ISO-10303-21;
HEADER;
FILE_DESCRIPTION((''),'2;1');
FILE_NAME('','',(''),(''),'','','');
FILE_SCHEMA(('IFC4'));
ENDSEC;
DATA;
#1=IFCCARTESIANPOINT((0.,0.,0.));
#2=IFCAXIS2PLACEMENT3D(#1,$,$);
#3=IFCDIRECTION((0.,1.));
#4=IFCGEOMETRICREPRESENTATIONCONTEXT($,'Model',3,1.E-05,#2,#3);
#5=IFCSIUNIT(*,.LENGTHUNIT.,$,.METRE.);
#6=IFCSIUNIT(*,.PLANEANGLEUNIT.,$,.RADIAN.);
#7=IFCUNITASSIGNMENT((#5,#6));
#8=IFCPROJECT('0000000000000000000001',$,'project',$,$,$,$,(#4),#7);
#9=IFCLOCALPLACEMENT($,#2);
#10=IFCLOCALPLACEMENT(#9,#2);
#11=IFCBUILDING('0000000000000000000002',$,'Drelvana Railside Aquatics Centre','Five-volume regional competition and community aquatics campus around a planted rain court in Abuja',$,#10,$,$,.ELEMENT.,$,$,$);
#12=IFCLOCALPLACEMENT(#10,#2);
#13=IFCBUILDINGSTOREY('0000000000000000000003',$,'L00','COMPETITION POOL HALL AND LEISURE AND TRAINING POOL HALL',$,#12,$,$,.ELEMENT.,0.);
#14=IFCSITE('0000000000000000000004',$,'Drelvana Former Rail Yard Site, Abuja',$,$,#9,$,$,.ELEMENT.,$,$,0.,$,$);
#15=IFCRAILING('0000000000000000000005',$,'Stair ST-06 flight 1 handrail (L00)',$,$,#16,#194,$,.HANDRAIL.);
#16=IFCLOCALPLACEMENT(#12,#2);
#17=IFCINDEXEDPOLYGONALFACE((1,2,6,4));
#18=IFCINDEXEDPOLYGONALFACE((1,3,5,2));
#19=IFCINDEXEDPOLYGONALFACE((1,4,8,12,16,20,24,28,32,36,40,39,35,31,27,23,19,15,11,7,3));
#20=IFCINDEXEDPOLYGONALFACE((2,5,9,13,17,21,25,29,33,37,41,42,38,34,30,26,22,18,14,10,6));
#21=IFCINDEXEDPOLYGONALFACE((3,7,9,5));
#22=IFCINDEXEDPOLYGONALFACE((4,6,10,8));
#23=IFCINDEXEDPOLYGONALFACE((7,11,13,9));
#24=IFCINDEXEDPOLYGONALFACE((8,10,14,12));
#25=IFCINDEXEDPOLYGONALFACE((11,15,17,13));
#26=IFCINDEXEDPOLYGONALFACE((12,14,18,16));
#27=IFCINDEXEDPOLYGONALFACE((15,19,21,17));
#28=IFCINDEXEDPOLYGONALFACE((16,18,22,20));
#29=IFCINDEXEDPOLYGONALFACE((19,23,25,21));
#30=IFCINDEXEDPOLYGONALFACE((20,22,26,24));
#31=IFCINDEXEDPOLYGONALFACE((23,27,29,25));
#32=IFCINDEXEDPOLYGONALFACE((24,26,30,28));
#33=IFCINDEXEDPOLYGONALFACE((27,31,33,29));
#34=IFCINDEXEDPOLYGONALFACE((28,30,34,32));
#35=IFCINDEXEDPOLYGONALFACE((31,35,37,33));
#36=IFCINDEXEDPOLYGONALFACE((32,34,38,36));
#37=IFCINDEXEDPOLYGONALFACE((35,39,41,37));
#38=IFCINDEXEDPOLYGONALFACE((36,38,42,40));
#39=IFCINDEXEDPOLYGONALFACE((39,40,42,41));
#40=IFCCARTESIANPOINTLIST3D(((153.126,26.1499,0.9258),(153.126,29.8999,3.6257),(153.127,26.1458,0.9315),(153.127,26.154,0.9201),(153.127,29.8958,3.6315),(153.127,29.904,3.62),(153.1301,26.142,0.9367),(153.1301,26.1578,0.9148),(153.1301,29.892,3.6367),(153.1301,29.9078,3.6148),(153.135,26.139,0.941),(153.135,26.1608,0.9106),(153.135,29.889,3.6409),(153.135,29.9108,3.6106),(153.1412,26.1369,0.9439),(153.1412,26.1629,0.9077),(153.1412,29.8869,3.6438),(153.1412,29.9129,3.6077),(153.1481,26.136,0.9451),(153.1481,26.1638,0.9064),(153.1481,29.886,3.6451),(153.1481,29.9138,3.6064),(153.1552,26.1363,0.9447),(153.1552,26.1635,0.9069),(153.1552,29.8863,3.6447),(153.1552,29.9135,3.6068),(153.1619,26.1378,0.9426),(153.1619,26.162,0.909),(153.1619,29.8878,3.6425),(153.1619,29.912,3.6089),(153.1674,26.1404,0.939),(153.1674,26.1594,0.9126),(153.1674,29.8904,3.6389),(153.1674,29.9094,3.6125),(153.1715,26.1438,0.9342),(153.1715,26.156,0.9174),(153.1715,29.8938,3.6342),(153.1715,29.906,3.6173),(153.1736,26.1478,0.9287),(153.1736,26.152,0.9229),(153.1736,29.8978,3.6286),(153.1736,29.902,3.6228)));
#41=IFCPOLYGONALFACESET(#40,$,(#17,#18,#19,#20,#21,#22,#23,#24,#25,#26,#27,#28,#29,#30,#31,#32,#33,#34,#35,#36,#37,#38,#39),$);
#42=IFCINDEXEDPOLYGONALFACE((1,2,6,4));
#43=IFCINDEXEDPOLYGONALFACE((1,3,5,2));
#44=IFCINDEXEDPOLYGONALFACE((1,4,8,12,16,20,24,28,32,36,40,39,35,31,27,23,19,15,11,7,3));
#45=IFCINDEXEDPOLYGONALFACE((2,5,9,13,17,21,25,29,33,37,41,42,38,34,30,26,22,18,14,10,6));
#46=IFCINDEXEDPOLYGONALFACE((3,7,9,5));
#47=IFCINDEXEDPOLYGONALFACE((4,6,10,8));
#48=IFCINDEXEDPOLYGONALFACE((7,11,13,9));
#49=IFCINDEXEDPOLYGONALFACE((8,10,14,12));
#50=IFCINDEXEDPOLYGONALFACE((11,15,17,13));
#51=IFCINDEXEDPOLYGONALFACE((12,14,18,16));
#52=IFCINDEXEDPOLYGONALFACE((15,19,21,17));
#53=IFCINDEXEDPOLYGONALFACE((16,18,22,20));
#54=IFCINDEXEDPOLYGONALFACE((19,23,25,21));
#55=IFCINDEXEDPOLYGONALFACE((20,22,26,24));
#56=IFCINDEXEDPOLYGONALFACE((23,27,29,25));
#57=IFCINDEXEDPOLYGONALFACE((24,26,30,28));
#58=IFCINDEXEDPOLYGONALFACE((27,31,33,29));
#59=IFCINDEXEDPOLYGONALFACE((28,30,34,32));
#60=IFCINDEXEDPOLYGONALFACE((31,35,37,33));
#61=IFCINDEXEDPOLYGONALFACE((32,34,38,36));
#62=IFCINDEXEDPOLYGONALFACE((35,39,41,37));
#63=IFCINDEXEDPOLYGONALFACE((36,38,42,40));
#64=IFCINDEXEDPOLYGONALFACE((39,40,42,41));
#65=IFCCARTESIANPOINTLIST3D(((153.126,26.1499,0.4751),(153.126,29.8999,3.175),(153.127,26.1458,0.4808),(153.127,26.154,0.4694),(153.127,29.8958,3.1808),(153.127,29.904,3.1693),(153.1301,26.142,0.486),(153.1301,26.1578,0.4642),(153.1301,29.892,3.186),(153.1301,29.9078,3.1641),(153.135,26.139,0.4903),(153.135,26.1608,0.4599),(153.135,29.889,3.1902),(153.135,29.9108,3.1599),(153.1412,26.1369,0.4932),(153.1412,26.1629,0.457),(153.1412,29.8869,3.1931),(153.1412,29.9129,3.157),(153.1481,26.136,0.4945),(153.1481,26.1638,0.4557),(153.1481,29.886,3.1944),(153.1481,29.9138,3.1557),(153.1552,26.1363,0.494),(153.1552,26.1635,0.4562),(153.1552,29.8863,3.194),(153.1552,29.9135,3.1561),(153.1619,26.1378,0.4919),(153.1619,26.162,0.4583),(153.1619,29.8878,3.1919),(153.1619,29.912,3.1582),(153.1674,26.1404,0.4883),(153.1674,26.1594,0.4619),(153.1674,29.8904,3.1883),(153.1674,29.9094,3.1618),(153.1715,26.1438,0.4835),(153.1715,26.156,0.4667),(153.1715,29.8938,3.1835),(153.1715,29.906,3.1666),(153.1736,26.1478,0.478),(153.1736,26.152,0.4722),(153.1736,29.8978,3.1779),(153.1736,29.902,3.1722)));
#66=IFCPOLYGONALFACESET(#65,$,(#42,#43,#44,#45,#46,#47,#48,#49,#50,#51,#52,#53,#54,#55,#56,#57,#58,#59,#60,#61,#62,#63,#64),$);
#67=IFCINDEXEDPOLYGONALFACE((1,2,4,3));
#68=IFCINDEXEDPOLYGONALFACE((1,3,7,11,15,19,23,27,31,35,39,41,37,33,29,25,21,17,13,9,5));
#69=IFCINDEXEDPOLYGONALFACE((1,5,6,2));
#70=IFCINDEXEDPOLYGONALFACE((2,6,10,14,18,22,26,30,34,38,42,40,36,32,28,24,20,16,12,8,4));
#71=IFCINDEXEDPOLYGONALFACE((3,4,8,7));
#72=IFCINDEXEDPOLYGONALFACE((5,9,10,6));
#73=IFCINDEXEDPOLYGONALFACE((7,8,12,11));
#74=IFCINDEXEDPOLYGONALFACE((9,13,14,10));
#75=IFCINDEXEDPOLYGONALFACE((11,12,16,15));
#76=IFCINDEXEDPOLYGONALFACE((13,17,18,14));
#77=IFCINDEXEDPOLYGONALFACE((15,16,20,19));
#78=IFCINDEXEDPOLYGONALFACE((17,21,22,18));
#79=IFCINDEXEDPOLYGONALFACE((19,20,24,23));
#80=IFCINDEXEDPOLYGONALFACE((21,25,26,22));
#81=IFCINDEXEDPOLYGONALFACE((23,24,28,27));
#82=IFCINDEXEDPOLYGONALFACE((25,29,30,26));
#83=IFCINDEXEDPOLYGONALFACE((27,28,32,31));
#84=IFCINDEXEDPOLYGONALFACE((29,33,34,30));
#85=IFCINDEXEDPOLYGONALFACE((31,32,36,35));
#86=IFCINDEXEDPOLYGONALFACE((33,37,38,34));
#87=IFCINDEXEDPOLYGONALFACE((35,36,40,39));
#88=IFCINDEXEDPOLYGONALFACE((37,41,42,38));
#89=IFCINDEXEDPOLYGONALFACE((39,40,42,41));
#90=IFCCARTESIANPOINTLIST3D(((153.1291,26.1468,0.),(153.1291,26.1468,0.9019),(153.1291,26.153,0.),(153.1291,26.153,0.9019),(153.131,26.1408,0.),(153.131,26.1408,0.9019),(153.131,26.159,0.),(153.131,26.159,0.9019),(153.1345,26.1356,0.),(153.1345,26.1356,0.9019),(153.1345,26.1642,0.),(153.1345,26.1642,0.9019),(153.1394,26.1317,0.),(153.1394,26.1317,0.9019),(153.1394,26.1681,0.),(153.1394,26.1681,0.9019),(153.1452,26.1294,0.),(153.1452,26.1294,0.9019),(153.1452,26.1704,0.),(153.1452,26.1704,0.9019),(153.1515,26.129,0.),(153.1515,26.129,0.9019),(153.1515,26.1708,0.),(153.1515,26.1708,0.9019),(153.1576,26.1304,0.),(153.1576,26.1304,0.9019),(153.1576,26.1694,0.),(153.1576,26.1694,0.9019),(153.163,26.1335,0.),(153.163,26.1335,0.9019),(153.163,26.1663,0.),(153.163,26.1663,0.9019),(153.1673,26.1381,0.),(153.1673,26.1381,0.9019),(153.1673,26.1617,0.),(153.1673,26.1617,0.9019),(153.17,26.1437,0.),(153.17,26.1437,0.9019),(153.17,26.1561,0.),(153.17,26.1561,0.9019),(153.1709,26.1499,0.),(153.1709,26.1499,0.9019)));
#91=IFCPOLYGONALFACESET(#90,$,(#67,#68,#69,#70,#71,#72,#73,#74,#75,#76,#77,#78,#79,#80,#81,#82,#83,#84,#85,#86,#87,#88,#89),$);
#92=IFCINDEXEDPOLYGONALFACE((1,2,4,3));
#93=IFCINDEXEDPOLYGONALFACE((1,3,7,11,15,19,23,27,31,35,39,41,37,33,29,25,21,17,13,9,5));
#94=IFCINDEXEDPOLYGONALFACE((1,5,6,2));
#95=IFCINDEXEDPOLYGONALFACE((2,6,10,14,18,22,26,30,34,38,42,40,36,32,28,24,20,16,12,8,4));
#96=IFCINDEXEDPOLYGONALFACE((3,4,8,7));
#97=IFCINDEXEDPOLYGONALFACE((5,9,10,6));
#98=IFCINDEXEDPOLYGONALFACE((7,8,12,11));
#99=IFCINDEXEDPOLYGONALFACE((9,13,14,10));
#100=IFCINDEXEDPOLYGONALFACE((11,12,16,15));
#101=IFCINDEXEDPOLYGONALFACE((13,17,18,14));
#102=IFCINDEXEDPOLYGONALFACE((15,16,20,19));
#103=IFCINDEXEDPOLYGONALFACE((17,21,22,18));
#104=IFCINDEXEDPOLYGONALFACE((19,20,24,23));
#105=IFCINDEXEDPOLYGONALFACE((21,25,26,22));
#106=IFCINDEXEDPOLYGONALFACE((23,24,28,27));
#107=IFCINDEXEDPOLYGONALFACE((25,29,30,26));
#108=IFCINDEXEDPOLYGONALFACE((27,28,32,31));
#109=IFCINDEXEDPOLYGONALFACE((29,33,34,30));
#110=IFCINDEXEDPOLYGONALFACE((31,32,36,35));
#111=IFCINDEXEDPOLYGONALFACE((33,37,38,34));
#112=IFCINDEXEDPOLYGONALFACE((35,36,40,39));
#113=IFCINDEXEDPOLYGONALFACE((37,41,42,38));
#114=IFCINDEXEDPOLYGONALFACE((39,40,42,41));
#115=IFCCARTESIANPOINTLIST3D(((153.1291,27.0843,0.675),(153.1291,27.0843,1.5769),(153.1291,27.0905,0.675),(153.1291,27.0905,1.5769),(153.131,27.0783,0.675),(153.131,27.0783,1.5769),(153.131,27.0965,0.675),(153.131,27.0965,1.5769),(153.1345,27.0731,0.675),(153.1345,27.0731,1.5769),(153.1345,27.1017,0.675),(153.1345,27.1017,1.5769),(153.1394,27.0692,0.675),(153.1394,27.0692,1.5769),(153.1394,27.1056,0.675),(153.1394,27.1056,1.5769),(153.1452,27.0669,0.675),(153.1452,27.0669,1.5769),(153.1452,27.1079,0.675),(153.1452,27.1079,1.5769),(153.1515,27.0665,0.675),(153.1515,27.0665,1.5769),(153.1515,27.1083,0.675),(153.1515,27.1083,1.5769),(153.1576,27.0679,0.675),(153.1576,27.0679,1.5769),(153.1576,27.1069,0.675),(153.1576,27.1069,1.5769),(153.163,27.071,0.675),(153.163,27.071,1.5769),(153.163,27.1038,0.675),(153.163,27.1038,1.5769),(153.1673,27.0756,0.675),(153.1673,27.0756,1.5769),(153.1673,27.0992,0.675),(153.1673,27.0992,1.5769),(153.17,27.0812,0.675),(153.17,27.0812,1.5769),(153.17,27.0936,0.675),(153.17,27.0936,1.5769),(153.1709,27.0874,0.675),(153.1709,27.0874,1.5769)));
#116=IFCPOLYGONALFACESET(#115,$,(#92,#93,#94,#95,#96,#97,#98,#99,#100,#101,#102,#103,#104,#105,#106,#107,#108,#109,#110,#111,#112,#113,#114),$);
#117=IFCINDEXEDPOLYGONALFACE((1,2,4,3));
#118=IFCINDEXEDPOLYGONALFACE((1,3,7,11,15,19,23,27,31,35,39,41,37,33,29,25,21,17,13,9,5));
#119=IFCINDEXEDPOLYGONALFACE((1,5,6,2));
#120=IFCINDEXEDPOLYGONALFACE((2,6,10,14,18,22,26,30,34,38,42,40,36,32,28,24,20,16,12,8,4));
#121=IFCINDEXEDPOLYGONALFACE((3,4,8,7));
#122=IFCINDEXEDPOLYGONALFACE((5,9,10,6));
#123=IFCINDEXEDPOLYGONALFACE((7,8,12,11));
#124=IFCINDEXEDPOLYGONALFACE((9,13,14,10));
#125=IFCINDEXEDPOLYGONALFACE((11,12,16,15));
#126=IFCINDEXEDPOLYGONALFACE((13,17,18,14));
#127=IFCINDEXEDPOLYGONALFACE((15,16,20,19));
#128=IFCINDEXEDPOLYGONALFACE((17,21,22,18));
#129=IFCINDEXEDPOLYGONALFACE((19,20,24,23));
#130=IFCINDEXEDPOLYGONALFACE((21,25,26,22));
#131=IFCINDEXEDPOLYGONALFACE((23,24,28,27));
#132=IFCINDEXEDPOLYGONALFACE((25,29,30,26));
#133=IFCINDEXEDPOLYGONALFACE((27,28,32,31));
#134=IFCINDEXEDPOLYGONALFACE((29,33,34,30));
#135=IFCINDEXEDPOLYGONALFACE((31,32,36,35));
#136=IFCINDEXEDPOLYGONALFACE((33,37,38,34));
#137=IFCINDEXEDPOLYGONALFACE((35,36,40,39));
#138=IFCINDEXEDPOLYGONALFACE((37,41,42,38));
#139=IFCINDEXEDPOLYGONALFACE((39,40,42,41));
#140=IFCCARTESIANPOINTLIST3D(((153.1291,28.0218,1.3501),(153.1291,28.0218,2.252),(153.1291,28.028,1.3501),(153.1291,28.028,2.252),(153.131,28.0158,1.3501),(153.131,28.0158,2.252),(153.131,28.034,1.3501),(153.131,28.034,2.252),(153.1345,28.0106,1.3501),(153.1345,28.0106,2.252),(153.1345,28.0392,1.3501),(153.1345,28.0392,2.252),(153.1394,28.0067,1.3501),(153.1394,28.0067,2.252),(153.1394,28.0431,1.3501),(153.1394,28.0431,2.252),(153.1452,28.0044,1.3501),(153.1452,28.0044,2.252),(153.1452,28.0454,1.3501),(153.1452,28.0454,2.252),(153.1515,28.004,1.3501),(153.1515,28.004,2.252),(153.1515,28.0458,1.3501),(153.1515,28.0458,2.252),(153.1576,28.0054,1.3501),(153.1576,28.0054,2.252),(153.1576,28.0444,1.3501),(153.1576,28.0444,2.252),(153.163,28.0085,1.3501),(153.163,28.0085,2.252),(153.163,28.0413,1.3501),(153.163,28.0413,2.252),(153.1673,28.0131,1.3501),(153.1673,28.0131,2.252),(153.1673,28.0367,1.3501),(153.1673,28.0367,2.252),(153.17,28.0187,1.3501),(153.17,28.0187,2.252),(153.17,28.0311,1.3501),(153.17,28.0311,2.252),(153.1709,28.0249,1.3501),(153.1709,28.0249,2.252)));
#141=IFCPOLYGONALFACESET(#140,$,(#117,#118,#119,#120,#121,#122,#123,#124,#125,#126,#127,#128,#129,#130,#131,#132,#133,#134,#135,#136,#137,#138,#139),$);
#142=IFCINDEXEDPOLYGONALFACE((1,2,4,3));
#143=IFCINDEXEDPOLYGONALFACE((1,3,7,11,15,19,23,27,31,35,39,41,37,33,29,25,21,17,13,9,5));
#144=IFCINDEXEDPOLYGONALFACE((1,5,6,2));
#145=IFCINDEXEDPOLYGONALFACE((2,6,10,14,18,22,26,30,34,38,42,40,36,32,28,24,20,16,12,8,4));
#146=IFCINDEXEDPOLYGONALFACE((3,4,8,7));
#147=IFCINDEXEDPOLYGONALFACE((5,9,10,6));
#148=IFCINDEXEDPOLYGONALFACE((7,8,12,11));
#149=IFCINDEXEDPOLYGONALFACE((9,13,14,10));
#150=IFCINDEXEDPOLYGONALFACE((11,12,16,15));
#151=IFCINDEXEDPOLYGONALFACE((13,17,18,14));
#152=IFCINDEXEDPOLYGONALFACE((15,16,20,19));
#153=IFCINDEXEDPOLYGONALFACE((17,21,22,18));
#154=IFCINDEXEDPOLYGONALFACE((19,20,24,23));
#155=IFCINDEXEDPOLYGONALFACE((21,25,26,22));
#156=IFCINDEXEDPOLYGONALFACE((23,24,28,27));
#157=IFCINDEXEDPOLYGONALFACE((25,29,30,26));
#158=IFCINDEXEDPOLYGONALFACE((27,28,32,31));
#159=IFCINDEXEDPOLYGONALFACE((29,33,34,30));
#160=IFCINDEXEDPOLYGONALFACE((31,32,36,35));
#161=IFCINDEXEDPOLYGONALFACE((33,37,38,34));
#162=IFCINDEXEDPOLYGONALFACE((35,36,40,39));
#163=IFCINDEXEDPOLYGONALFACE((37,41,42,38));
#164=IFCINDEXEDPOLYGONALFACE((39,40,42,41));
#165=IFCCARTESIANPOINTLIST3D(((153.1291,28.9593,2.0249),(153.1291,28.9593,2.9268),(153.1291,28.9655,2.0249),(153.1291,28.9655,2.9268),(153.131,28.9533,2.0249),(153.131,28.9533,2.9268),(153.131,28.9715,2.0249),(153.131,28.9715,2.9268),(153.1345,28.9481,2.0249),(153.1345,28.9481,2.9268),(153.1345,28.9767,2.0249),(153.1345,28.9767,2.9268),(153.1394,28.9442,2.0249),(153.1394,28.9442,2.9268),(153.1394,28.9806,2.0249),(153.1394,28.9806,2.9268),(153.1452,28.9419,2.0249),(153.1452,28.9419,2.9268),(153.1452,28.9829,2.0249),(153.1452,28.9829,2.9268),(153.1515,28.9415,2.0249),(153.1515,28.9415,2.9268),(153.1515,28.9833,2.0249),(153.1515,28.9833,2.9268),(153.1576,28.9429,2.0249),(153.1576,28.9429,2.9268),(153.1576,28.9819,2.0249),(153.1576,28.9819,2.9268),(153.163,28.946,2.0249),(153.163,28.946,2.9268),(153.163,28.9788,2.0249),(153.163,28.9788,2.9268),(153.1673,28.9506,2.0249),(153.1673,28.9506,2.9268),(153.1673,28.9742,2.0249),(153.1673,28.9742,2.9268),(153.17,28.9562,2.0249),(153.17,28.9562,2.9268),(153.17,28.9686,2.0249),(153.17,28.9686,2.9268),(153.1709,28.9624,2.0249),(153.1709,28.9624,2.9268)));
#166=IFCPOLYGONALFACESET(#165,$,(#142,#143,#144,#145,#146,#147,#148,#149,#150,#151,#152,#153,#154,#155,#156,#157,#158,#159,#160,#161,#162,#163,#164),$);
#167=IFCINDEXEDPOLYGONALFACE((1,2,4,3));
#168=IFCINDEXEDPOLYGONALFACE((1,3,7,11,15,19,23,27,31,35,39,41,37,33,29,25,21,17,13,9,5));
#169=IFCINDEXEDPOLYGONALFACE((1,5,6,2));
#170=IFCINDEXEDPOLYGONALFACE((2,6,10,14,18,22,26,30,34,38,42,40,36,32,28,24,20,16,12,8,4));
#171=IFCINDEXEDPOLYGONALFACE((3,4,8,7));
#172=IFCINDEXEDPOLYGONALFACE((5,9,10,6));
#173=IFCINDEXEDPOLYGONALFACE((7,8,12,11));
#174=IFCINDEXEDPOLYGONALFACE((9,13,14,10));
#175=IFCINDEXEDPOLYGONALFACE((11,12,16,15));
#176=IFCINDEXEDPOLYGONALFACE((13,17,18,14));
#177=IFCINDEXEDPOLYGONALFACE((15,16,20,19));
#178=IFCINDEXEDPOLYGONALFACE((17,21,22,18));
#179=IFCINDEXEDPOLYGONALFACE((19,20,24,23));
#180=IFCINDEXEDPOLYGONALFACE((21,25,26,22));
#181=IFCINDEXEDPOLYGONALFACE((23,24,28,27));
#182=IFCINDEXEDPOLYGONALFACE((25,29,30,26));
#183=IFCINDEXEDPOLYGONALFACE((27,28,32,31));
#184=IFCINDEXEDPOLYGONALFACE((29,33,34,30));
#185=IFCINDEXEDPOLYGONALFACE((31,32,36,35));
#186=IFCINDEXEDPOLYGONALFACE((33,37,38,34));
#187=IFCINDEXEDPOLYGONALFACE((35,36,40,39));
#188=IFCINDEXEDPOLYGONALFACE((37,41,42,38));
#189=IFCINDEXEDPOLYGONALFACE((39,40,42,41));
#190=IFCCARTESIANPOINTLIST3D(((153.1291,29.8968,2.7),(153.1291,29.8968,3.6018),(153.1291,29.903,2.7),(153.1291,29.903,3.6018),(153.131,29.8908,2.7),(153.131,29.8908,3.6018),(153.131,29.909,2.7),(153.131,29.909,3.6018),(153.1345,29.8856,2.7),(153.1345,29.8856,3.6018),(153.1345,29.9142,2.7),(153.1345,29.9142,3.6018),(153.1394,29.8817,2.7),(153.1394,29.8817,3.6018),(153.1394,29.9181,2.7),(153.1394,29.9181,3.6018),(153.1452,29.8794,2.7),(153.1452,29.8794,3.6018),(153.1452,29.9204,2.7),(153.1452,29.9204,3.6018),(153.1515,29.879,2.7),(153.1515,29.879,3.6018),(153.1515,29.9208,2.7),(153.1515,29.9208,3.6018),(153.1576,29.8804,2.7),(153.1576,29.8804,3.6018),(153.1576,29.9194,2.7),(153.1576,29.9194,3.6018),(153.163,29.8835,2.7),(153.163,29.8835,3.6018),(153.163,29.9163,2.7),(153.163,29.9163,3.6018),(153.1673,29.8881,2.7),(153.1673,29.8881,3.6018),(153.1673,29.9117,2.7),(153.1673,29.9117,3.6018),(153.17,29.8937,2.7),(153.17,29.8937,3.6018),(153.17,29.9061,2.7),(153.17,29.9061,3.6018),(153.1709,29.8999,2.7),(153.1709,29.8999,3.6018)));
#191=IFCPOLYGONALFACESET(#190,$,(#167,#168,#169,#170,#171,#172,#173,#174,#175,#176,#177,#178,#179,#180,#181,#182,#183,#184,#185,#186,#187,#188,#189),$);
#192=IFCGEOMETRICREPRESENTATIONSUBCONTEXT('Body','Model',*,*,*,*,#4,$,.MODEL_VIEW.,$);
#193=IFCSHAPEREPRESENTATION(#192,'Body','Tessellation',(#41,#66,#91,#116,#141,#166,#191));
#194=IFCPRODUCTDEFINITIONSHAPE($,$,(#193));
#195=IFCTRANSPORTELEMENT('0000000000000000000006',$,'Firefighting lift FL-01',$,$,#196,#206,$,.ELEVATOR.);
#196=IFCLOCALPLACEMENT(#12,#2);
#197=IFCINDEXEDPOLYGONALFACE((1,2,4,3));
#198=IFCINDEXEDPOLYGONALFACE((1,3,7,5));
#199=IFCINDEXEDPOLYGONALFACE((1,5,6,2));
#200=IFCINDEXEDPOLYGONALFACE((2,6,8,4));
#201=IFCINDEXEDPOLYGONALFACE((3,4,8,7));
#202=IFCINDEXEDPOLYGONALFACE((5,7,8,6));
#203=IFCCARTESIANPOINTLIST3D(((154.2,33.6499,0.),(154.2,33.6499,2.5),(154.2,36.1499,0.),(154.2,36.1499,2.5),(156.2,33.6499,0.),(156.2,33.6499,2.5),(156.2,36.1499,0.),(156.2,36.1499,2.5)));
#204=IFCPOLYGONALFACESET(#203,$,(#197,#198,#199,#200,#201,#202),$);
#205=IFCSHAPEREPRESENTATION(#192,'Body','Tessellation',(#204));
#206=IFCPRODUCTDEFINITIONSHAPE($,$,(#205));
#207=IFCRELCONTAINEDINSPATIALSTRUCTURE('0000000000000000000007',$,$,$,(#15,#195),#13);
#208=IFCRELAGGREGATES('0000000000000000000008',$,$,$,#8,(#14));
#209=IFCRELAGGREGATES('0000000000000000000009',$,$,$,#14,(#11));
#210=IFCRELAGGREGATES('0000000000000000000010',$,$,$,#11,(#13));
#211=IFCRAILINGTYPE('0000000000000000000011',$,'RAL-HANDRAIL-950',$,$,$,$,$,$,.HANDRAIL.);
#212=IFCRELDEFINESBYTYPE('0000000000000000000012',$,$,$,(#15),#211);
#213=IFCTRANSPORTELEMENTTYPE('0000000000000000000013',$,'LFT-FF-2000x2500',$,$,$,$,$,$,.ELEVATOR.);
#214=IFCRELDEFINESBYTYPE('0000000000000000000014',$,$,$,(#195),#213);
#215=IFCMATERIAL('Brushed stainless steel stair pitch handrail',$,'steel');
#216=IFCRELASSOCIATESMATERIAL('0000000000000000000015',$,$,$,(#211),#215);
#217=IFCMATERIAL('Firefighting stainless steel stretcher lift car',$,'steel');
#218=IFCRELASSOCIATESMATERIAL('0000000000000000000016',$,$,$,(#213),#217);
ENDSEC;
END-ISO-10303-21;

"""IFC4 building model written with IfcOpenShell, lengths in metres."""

from ifc_helpers import new_model, si_unit, direction, frame, origin, origin_2d, place, context, subcontext, project, spatial, rectangle, circle, extrude, material, type_object, element, save


model = new_model("IFC4")

# Units and contexts
model_context = context("Model", 3, precision=1e-05, world=origin(), true_north=direction((0.0, 1.0)))
body_context = subcontext(model_context, "Body", "Model", "MODEL_VIEW")
ifc_project = project(units=[si_unit("LENGTHUNIT", "METRE"), si_unit("PLANEANGLEUNIT", "RADIAN")], contexts=[model_context])

# Site, building, storey
site_placement = place(None, origin())
site = spatial("IfcSite", under=ifc_project, at=site_placement, Name="Drelvana Former Rail Yard Site, Abuja", CompositionType="ELEMENT", RefElevation=0.0)
building_placement = place(site_placement, origin())
building = spatial("IfcBuilding", under=site, at=building_placement, Name="Drelvana Railside Aquatics Centre", Description="Five-volume regional competition and community aquatics campus around a planted rain court in Abuja", CompositionType="ELEMENT")
storey_placement = place(building_placement, origin())
storey = spatial("IfcBuildingStorey", under=building, at=storey_placement, Name="L00", Description="COMPETITION POOL HALL AND LEISURE AND TRAINING POOL HALL", CompositionType="ELEMENT", Elevation=0.0)

# Railing
ifc_material_1 = material(Name="Brushed stainless steel stair pitch handrail", Category="steel")
railing_type = type_object("IfcRailingType", Name="RAL-HANDRAIL-950", PredefinedType="HANDRAIL", material=ifc_material_1)
railing_1_placement = place(storey_placement, frame((153.1499, 26.1499, 0.0)))
element("IfcRailing", 1, at=railing_1_placement, inside=storey, type_object=railing_type, Name="Stair ST-06 flight 1 handrail (L00)", PredefinedType="HANDRAIL", context=body_context, shape_type="SweptSolid", body=[
    extrude(circle(Radius=0.0239, at=origin_2d()), frame((0.0, 0.0, 0.9258), z_axis=(0.0, 0.811539, 0.584298), x_axis=(-1.0, 0.0, 0.0)), (0.0, 0.0, 1.0), 4.6208),
    extrude(circle(Radius=0.0239, at=origin_2d()), frame((0.0, 0.0, 0.4751), z_axis=(0.0, 0.811539, 0.584298), x_axis=(-1.0, 0.0, 0.0)), (0.0, 0.0, 1.0), 4.6208),
    extrude(circle(Radius=0.021, at=origin_2d()), origin(), (0.0, 0.0, 1.0), 0.9019),
    extrude(circle(Radius=0.021, at=origin_2d()), frame((0.0, 0.9375, 0.675)), (0.0, 0.0, 1.0), 0.9019),
    extrude(circle(Radius=0.021, at=origin_2d()), frame((0.0, 1.875, 1.3501)), (0.0, 0.0, 1.0), 0.9019),
    extrude(circle(Radius=0.021, at=origin_2d()), frame((0.0, 2.8125, 2.0249)), (0.0, 0.0, 1.0), 0.9019),
    extrude(circle(Radius=0.021, at=origin_2d()), frame((0.0, 3.75, 2.7)), (0.0, 0.0, 1.0), 0.9019),
])

# Transport element
ifc_material_2 = material(Name="Firefighting stainless steel stretcher lift car", Category="steel")
transport_element_type = type_object("IfcTransportElementType", Name="LFT-FF-2000x2500", PredefinedType="ELEVATOR", material=ifc_material_2)
transport_element_placement = place(storey_placement, frame((155.2, 34.8999, 0.0), z_axis=(0.0, 0.0, 1.0), x_axis=(1.0, 0.0, 0.0)))
element("IfcTransportElement", 2, at=transport_element_placement, inside=storey, type_object=transport_element_type, Name="Firefighting lift FL-01", PredefinedType="ELEVATOR", context=body_context, shape_type="SweptSolid", body=[
    extrude(rectangle(XDim=2.0, YDim=2.5, at=origin_2d()), origin(), (0.0, 0.0, 1.0), 2.5),
])

save(model, "model.ifc")
